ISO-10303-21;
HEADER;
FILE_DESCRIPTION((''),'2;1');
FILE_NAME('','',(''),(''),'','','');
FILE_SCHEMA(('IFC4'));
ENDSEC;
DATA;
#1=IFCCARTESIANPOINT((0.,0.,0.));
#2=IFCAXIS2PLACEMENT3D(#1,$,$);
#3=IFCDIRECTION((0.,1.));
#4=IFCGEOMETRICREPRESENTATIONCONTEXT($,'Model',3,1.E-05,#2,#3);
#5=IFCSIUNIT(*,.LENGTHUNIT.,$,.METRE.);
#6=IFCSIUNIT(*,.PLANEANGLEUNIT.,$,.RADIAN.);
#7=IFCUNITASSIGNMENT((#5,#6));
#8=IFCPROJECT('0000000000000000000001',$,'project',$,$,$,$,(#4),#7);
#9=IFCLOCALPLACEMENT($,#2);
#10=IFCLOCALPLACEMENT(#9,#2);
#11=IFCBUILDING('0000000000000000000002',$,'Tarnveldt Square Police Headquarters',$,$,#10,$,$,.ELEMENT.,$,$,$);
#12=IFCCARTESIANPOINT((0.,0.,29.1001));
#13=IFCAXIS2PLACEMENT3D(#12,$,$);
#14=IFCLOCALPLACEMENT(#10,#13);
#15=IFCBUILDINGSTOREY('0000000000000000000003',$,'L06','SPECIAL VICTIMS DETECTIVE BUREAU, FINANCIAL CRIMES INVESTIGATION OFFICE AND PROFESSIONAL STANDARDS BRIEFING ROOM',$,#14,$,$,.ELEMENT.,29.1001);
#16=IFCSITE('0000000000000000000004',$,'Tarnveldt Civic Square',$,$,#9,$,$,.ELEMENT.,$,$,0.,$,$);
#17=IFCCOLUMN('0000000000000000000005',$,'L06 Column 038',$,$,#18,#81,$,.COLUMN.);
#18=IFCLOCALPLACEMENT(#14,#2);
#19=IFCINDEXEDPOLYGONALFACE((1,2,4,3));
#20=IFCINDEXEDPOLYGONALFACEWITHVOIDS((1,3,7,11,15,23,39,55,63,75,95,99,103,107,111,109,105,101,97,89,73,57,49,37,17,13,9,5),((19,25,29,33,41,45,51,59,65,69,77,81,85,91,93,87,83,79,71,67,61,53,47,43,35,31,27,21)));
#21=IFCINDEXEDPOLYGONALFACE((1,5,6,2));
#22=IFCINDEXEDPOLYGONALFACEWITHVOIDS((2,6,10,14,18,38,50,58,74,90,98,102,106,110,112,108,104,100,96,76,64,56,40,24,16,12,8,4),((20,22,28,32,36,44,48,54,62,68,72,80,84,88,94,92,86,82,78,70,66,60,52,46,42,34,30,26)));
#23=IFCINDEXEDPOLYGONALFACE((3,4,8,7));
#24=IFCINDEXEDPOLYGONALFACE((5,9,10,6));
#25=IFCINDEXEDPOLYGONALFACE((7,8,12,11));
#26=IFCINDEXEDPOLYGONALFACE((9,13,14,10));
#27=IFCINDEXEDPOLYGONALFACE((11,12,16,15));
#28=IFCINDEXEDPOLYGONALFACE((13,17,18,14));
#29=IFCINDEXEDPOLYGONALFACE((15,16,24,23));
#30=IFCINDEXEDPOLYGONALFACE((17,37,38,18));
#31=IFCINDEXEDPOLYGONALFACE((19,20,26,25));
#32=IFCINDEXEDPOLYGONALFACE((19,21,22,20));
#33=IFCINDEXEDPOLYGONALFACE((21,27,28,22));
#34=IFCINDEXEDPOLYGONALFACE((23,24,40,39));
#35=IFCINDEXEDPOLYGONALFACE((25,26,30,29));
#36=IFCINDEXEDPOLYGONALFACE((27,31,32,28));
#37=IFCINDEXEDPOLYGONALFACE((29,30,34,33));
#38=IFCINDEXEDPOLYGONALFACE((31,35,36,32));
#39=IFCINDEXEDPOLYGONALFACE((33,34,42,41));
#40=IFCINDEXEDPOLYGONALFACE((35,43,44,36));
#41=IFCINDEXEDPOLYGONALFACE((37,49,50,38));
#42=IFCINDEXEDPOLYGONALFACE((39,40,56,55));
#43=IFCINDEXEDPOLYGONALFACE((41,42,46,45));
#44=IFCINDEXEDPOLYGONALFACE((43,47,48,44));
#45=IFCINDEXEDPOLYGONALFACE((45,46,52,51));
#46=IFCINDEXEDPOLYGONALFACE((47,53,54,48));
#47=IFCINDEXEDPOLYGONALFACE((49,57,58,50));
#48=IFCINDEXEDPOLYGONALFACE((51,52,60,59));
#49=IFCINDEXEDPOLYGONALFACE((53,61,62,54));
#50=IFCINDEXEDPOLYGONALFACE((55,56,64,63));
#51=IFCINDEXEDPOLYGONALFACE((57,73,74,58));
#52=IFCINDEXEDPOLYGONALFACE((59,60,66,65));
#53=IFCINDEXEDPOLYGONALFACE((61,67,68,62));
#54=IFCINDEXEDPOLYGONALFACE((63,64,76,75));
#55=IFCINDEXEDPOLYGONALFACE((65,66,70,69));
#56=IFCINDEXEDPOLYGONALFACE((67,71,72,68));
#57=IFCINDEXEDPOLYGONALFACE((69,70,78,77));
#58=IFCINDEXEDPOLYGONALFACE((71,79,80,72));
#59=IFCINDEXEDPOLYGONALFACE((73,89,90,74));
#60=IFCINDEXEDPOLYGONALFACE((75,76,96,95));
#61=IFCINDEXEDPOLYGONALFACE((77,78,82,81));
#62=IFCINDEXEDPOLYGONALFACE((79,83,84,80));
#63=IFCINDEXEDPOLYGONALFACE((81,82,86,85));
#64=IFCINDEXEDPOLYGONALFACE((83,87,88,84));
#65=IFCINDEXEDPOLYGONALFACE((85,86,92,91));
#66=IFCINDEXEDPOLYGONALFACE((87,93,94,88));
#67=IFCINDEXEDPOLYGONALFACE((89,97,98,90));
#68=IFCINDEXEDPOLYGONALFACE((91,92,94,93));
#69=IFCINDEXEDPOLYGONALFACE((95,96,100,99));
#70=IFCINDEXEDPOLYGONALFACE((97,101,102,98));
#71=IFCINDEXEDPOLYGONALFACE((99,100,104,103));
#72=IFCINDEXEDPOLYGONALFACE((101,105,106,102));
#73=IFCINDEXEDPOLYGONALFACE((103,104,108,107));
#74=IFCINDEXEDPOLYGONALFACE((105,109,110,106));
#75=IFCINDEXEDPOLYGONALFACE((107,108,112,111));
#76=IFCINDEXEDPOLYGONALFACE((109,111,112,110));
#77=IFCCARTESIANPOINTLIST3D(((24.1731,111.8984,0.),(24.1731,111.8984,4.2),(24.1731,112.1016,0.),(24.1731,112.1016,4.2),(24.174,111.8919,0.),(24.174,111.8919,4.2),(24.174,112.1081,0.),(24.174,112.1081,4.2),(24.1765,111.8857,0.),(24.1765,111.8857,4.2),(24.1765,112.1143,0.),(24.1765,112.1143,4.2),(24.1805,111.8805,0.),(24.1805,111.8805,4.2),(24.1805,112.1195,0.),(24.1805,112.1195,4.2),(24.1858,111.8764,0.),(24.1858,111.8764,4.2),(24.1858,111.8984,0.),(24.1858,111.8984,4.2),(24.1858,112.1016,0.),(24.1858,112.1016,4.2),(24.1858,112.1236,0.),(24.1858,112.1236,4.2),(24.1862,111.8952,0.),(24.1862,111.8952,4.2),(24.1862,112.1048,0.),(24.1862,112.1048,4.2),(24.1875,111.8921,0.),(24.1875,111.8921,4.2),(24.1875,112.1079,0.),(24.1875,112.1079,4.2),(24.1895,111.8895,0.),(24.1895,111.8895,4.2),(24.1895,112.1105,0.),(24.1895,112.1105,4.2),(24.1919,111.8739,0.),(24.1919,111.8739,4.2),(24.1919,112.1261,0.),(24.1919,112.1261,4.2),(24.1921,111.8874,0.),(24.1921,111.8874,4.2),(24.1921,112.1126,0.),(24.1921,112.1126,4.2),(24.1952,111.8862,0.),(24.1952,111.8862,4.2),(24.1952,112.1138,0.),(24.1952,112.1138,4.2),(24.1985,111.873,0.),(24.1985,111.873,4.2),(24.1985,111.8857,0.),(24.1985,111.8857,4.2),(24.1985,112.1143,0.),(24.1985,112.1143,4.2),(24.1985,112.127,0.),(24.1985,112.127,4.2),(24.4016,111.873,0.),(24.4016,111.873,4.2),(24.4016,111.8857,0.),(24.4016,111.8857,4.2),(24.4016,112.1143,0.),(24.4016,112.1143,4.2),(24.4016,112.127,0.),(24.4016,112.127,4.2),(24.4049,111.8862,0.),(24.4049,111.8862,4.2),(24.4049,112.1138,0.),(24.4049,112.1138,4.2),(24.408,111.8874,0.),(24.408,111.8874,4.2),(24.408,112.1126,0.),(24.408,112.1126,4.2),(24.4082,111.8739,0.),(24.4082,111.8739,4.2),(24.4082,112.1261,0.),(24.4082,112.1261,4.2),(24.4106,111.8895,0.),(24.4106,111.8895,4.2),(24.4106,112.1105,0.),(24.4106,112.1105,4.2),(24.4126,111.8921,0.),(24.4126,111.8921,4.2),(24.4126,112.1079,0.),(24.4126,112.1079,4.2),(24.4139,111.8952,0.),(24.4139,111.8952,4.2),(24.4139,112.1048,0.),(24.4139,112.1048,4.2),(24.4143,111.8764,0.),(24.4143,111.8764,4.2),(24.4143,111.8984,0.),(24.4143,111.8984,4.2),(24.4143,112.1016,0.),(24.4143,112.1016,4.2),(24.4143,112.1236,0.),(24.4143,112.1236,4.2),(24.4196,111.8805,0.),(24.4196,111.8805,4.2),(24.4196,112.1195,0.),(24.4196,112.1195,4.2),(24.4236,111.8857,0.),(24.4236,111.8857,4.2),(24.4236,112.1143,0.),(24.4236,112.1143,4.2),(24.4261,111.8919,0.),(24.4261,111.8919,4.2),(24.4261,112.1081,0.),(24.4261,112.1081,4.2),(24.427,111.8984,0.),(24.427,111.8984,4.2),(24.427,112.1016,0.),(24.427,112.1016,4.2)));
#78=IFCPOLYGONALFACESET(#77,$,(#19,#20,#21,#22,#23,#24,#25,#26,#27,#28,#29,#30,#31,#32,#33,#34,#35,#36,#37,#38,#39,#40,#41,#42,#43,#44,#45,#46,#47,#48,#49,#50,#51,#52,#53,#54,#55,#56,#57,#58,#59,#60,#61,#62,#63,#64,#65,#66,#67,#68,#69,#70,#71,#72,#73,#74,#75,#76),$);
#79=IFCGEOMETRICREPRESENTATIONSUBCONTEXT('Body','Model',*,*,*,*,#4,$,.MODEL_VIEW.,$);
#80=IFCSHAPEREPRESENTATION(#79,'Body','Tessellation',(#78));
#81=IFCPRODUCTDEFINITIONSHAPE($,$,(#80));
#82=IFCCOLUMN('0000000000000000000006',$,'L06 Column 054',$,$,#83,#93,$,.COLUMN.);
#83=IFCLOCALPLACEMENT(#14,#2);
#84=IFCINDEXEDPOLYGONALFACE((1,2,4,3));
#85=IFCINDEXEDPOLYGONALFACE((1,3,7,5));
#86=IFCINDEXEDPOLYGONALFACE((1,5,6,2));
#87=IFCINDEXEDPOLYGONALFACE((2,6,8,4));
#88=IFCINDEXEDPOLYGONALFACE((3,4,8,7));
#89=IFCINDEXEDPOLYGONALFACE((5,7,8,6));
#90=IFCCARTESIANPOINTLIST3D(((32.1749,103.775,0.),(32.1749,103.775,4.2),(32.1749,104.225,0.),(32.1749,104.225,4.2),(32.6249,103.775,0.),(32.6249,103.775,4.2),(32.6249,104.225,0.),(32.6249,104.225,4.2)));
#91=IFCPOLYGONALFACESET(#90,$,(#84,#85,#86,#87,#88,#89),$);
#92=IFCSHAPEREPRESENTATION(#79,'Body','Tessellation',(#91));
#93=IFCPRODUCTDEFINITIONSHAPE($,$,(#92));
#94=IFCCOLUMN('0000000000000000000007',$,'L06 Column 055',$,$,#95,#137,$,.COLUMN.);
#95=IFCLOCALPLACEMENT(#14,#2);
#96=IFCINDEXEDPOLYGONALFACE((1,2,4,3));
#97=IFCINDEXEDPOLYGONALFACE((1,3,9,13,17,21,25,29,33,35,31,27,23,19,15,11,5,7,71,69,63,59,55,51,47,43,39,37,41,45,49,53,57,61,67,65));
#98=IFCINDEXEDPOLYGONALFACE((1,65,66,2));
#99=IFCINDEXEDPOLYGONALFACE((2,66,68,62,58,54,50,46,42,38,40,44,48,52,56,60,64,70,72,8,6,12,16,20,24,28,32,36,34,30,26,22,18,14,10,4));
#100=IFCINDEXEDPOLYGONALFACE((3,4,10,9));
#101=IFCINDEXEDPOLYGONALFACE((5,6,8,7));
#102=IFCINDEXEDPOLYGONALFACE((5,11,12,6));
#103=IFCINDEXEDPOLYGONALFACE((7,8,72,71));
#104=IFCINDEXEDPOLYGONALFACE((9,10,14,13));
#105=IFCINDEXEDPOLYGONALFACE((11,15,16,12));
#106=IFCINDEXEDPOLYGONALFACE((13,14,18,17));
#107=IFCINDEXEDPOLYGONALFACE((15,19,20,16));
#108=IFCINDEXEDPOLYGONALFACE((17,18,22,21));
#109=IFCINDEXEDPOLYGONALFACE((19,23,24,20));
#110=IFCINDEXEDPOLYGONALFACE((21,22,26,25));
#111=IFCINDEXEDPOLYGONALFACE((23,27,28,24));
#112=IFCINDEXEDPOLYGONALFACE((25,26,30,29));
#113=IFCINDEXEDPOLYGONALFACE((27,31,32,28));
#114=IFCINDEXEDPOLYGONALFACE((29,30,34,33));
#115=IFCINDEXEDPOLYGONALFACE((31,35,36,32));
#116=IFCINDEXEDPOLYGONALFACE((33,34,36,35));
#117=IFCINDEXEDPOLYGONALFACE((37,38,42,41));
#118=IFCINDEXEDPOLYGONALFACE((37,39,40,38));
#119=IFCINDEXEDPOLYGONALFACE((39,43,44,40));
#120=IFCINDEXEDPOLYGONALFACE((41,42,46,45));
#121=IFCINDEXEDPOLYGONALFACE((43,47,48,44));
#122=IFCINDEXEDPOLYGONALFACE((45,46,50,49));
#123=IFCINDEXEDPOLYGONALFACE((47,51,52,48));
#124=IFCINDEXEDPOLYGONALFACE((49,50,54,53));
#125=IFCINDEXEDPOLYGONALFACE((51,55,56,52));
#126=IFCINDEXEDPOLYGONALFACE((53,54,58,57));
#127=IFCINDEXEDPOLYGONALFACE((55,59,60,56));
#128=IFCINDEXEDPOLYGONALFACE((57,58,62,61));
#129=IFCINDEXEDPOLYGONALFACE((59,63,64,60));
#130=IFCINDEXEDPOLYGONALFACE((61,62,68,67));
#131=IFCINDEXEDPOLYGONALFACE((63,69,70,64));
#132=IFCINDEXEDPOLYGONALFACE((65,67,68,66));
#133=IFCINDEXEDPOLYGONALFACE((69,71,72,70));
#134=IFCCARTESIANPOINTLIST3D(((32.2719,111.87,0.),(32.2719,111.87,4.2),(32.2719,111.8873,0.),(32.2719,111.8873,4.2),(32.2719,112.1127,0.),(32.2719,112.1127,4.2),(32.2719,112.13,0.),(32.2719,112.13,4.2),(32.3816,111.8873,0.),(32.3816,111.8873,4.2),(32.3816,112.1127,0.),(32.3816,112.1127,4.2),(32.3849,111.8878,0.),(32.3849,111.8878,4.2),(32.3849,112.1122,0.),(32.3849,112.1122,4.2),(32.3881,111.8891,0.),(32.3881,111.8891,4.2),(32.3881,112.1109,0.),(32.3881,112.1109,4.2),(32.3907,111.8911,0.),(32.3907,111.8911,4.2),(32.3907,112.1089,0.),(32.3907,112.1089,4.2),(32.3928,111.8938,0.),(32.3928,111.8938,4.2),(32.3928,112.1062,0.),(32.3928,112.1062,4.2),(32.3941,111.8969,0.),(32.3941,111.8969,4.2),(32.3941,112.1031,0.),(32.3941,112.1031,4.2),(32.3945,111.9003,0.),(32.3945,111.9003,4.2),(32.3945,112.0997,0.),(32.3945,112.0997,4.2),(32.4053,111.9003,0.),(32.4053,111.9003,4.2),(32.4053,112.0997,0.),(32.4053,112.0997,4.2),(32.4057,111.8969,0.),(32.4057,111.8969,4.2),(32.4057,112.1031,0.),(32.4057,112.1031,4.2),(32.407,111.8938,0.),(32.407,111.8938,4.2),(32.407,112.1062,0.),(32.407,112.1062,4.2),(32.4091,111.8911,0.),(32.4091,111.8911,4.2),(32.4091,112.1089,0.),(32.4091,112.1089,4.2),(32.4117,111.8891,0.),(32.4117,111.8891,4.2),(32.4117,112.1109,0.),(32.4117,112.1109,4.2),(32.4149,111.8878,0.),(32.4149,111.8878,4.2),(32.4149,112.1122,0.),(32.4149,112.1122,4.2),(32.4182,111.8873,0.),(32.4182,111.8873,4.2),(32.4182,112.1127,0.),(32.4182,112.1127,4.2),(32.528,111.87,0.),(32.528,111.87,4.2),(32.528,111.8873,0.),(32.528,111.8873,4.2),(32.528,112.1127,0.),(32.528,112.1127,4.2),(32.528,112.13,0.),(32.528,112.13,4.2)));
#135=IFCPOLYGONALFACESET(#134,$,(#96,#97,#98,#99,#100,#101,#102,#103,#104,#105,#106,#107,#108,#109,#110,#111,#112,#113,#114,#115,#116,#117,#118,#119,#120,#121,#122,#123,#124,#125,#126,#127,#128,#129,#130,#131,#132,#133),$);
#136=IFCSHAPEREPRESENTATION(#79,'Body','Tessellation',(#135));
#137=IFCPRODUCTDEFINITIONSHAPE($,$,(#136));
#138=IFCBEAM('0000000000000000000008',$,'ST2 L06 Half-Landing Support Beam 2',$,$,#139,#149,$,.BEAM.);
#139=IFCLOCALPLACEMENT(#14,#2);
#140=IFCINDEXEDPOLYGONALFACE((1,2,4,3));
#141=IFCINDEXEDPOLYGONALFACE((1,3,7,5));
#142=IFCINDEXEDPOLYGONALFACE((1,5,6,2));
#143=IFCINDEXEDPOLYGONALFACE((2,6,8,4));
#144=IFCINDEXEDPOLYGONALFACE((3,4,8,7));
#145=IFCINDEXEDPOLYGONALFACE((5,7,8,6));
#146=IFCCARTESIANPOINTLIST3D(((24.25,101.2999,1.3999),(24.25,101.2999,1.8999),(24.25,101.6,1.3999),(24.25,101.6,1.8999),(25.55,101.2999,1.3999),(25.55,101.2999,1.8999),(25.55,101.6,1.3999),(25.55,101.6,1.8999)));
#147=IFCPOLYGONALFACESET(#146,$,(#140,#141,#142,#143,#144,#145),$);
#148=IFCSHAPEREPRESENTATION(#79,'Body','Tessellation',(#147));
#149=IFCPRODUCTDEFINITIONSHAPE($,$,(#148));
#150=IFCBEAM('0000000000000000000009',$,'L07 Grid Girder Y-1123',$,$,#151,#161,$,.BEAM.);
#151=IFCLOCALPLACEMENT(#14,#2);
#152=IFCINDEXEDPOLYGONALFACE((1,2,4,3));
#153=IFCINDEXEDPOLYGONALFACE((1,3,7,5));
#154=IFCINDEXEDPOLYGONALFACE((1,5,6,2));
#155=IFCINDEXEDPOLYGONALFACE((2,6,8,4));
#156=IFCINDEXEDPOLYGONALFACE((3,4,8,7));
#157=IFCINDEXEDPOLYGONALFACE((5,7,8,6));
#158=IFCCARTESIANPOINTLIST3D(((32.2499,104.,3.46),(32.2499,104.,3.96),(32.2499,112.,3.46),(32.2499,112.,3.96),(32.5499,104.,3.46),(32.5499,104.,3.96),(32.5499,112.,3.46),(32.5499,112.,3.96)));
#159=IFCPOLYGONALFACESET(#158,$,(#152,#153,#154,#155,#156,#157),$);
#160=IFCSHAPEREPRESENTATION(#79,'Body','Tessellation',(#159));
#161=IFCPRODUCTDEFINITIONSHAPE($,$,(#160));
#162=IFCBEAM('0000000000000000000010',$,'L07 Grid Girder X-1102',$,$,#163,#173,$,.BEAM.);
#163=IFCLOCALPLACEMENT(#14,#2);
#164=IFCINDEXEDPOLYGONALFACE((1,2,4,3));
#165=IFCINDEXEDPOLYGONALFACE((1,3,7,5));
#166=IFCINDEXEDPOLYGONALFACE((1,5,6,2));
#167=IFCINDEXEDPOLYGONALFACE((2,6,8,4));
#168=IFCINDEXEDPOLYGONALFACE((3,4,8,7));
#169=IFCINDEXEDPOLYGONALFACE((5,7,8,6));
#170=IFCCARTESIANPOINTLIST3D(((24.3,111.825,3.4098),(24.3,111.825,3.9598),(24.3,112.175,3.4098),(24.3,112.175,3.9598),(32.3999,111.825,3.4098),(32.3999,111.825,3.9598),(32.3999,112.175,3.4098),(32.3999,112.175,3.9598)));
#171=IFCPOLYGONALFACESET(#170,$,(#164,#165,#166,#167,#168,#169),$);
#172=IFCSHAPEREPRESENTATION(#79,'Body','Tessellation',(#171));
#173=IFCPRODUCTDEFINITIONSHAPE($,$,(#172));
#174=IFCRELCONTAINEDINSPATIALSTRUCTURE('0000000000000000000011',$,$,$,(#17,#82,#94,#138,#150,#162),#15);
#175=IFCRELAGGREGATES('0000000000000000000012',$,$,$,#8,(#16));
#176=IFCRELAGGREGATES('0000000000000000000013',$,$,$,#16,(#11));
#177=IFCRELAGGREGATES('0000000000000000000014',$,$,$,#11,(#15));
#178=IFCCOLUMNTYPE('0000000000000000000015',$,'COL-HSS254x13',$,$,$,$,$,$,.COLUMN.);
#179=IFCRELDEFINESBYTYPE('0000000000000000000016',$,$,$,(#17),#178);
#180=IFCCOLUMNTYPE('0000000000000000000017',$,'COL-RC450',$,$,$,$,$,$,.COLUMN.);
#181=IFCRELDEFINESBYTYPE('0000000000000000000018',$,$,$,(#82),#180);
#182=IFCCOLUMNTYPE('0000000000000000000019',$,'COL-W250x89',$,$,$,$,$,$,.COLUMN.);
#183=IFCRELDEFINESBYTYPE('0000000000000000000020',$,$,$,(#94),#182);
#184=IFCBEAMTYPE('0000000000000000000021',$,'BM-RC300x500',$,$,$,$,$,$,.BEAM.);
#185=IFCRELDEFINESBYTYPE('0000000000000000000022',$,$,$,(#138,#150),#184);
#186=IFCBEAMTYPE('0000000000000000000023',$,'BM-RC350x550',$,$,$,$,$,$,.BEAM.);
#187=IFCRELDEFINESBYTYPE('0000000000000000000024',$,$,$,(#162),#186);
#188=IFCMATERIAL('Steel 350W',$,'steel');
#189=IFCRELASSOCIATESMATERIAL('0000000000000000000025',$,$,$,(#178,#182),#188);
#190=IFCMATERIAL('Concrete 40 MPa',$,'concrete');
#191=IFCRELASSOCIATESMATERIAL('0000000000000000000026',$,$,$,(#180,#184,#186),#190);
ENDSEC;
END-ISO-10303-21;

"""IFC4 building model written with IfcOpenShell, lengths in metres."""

from ifc_helpers import new_model, si_unit, direction, frame, origin, origin_2d, place, context, subcontext, project, spatial, rectangle, hollow_rectangle, i_section, extrude, material, material_profile, profile_set, type_object, element, save


model = new_model("IFC4")

# Units and contexts
model_context = context("Model", 3, precision=1e-05, world=origin(), true_north=direction((0.0, 1.0)))
body_context = subcontext(model_context, "Body", "Model", "MODEL_VIEW")
ifc_project = project(units=[si_unit("LENGTHUNIT", "METRE"), si_unit("PLANEANGLEUNIT", "RADIAN")], contexts=[model_context])

# Site, building, storey
site_placement = place(None, origin())
site = spatial("IfcSite", under=ifc_project, at=site_placement, Name="Tarnveldt Civic Square", CompositionType="ELEMENT", RefElevation=0.0)
building_placement = place(site_placement, origin())
building = spatial("IfcBuilding", under=site, at=building_placement, Name="Tarnveldt Square Police Headquarters", CompositionType="ELEMENT")
storey_placement = place(building_placement, frame((0.0, 0.0, 29.1001)))
storey = spatial("IfcBuildingStorey", under=building, at=storey_placement, Name="L06", Description="SPECIAL VICTIMS DETECTIVE BUREAU, FINANCIAL CRIMES INVESTIGATION OFFICE AND PROFESSIONAL STANDARDS BRIEFING ROOM", CompositionType="ELEMENT", Elevation=29.1001)

# Columns
ifc_material_1 = material(Name="Steel 350W", Category="steel")
ifc_material_profile_1 = material_profile(ifc_material_1, hollow_rectangle(XDim=0.2539, YDim=0.2539, WallThickness=0.0127, InnerFilletRadius=0.0127, OuterFilletRadius=0.0254, at=origin_2d()), Name="HSS254x254x13")
ifc_profile_set_1 = profile_set([ifc_material_profile_1], Name="Steel 350W")
column_type_1 = type_object("IfcColumnType", Name="COL-HSS254x13", PredefinedType="COLUMN", material=ifc_profile_set_1)
column_1_placement = place(storey_placement, frame((24.3, 112.0, 0.0), z_axis=(0.0, 0.0, 1.0), x_axis=(1.0, 0.0, 0.0)))
element("IfcColumn", 1, at=column_1_placement, inside=storey, type_object=column_type_1, Name="L06 Column 038", PredefinedType="COLUMN", context=body_context, shape_type="SweptSolid", body=[
    extrude(hollow_rectangle(XDim=0.2539, YDim=0.2539, WallThickness=0.0127, InnerFilletRadius=0.0127, OuterFilletRadius=0.0254, at=origin_2d()), origin(), (0.0, 0.0, 1.0), 4.2),
])
ifc_material_2 = material(Name="Concrete 40 MPa", Category="concrete")
ifc_material_profile_2 = material_profile(ifc_material_2, rectangle(XDim=0.45, YDim=0.45, at=origin_2d()), Name="RC-C450x450")
ifc_profile_set_2 = profile_set([ifc_material_profile_2], Name="Concrete 40 MPa")
column_type_2 = type_object("IfcColumnType", Name="COL-RC450", PredefinedType="COLUMN", material=ifc_profile_set_2)
column_2_placement = place(storey_placement, frame((32.3999, 104.0, 0.0), z_axis=(0.0, 0.0, 1.0), x_axis=(1.0, 0.0, 0.0)))
element("IfcColumn", 2, at=column_2_placement, inside=storey, type_object=column_type_2, Name="L06 Column 054", PredefinedType="COLUMN", context=body_context, shape_type="SweptSolid", body=[
    extrude(rectangle(XDim=0.45, YDim=0.45, at=origin_2d()), origin(), (0.0, 0.0, 1.0), 4.2),
])
ifc_material_profile_3 = material_profile(ifc_material_1, i_section(OverallWidth=0.2561, OverallDepth=0.26, WebThickness=0.0107, FlangeThickness=0.0173, FilletRadius=0.0129, at=origin_2d()), Name="W250x89")
ifc_profile_set_3 = profile_set([ifc_material_profile_3], Name="Steel 350W")
column_type_3 = type_object("IfcColumnType", Name="COL-W250x89", PredefinedType="COLUMN", material=ifc_profile_set_3)
column_3_placement = place(storey_placement, frame((32.3999, 112.0, 0.0), z_axis=(0.0, 0.0, 1.0), x_axis=(1.0, 0.0, 0.0)))
element("IfcColumn", 3, at=column_3_placement, inside=storey, type_object=column_type_3, Name="L06 Column 055", PredefinedType="COLUMN", context=body_context, shape_type="SweptSolid", body=[
    extrude(i_section(OverallWidth=0.2561, OverallDepth=0.26, WebThickness=0.0107, FlangeThickness=0.0173, FilletRadius=0.0129, at=origin_2d()), origin(), (0.0, 0.0, 1.0), 4.2),
])

# Beams
ifc_material_profile_4 = material_profile(ifc_material_2, rectangle(XDim=0.3, YDim=0.5, at=origin_2d()), Name="RC-B300x500")
ifc_profile_set_4 = profile_set([ifc_material_profile_4], Name="Concrete 40 MPa")
beam_type_1 = type_object("IfcBeamType", Name="BM-RC300x500", PredefinedType="BEAM", material=ifc_profile_set_4)
beam_1_placement = place(storey_placement, frame((24.25, 101.45, 1.6499), z_axis=(1.0, 0.0, 0.0), x_axis=(0.0, 1.0, 0.0)))
element("IfcBeam", 4, at=beam_1_placement, inside=storey, type_object=beam_type_1, Name="ST2 L06 Half-Landing Support Beam 2", PredefinedType="BEAM", context=body_context, shape_type="SweptSolid", body=[
    extrude(rectangle(XDim=0.3, YDim=0.5, at=origin_2d()), origin(), (0.0, 0.0, 1.0), 1.3),
])
beam_2_placement = place(storey_placement, frame((32.3999, 104.0, 3.71), z_axis=(0.0, 1.0, 0.0), x_axis=(-1.0, 0.0, 0.0)))
element("IfcBeam", 5, at=beam_2_placement, inside=storey, type_object=beam_type_1, Name="L07 Grid Girder Y-1123", PredefinedType="BEAM", context=body_context, shape_type="SweptSolid", body=[
    extrude(rectangle(XDim=0.3, YDim=0.5, at=origin_2d()), origin(), (0.0, 0.0, 1.0), 8.0),
])
ifc_material_profile_5 = material_profile(ifc_material_2, rectangle(XDim=0.3501, YDim=0.55, at=origin_2d()), Name="RC-B350x550")
ifc_profile_set_5 = profile_set([ifc_material_profile_5], Name="Concrete 40 MPa")
beam_type_2 = type_object("IfcBeamType", Name="BM-RC350x550", PredefinedType="BEAM", material=ifc_profile_set_5)
beam_3_placement = place(storey_placement, frame((24.3, 112.0, 3.6848), z_axis=(1.0, 0.0, 0.0), x_axis=(0.0, 1.0, 0.0)))
element("IfcBeam", 6, at=beam_3_placement, inside=storey, type_object=beam_type_2, Name="L07 Grid Girder X-1102", PredefinedType="BEAM", context=body_context, shape_type="SweptSolid", body=[
    extrude(rectangle(XDim=0.3501, YDim=0.55, at=origin_2d()), origin(), (0.0, 0.0, 1.0), 8.0999),
])

save(model, "model.ifc")
